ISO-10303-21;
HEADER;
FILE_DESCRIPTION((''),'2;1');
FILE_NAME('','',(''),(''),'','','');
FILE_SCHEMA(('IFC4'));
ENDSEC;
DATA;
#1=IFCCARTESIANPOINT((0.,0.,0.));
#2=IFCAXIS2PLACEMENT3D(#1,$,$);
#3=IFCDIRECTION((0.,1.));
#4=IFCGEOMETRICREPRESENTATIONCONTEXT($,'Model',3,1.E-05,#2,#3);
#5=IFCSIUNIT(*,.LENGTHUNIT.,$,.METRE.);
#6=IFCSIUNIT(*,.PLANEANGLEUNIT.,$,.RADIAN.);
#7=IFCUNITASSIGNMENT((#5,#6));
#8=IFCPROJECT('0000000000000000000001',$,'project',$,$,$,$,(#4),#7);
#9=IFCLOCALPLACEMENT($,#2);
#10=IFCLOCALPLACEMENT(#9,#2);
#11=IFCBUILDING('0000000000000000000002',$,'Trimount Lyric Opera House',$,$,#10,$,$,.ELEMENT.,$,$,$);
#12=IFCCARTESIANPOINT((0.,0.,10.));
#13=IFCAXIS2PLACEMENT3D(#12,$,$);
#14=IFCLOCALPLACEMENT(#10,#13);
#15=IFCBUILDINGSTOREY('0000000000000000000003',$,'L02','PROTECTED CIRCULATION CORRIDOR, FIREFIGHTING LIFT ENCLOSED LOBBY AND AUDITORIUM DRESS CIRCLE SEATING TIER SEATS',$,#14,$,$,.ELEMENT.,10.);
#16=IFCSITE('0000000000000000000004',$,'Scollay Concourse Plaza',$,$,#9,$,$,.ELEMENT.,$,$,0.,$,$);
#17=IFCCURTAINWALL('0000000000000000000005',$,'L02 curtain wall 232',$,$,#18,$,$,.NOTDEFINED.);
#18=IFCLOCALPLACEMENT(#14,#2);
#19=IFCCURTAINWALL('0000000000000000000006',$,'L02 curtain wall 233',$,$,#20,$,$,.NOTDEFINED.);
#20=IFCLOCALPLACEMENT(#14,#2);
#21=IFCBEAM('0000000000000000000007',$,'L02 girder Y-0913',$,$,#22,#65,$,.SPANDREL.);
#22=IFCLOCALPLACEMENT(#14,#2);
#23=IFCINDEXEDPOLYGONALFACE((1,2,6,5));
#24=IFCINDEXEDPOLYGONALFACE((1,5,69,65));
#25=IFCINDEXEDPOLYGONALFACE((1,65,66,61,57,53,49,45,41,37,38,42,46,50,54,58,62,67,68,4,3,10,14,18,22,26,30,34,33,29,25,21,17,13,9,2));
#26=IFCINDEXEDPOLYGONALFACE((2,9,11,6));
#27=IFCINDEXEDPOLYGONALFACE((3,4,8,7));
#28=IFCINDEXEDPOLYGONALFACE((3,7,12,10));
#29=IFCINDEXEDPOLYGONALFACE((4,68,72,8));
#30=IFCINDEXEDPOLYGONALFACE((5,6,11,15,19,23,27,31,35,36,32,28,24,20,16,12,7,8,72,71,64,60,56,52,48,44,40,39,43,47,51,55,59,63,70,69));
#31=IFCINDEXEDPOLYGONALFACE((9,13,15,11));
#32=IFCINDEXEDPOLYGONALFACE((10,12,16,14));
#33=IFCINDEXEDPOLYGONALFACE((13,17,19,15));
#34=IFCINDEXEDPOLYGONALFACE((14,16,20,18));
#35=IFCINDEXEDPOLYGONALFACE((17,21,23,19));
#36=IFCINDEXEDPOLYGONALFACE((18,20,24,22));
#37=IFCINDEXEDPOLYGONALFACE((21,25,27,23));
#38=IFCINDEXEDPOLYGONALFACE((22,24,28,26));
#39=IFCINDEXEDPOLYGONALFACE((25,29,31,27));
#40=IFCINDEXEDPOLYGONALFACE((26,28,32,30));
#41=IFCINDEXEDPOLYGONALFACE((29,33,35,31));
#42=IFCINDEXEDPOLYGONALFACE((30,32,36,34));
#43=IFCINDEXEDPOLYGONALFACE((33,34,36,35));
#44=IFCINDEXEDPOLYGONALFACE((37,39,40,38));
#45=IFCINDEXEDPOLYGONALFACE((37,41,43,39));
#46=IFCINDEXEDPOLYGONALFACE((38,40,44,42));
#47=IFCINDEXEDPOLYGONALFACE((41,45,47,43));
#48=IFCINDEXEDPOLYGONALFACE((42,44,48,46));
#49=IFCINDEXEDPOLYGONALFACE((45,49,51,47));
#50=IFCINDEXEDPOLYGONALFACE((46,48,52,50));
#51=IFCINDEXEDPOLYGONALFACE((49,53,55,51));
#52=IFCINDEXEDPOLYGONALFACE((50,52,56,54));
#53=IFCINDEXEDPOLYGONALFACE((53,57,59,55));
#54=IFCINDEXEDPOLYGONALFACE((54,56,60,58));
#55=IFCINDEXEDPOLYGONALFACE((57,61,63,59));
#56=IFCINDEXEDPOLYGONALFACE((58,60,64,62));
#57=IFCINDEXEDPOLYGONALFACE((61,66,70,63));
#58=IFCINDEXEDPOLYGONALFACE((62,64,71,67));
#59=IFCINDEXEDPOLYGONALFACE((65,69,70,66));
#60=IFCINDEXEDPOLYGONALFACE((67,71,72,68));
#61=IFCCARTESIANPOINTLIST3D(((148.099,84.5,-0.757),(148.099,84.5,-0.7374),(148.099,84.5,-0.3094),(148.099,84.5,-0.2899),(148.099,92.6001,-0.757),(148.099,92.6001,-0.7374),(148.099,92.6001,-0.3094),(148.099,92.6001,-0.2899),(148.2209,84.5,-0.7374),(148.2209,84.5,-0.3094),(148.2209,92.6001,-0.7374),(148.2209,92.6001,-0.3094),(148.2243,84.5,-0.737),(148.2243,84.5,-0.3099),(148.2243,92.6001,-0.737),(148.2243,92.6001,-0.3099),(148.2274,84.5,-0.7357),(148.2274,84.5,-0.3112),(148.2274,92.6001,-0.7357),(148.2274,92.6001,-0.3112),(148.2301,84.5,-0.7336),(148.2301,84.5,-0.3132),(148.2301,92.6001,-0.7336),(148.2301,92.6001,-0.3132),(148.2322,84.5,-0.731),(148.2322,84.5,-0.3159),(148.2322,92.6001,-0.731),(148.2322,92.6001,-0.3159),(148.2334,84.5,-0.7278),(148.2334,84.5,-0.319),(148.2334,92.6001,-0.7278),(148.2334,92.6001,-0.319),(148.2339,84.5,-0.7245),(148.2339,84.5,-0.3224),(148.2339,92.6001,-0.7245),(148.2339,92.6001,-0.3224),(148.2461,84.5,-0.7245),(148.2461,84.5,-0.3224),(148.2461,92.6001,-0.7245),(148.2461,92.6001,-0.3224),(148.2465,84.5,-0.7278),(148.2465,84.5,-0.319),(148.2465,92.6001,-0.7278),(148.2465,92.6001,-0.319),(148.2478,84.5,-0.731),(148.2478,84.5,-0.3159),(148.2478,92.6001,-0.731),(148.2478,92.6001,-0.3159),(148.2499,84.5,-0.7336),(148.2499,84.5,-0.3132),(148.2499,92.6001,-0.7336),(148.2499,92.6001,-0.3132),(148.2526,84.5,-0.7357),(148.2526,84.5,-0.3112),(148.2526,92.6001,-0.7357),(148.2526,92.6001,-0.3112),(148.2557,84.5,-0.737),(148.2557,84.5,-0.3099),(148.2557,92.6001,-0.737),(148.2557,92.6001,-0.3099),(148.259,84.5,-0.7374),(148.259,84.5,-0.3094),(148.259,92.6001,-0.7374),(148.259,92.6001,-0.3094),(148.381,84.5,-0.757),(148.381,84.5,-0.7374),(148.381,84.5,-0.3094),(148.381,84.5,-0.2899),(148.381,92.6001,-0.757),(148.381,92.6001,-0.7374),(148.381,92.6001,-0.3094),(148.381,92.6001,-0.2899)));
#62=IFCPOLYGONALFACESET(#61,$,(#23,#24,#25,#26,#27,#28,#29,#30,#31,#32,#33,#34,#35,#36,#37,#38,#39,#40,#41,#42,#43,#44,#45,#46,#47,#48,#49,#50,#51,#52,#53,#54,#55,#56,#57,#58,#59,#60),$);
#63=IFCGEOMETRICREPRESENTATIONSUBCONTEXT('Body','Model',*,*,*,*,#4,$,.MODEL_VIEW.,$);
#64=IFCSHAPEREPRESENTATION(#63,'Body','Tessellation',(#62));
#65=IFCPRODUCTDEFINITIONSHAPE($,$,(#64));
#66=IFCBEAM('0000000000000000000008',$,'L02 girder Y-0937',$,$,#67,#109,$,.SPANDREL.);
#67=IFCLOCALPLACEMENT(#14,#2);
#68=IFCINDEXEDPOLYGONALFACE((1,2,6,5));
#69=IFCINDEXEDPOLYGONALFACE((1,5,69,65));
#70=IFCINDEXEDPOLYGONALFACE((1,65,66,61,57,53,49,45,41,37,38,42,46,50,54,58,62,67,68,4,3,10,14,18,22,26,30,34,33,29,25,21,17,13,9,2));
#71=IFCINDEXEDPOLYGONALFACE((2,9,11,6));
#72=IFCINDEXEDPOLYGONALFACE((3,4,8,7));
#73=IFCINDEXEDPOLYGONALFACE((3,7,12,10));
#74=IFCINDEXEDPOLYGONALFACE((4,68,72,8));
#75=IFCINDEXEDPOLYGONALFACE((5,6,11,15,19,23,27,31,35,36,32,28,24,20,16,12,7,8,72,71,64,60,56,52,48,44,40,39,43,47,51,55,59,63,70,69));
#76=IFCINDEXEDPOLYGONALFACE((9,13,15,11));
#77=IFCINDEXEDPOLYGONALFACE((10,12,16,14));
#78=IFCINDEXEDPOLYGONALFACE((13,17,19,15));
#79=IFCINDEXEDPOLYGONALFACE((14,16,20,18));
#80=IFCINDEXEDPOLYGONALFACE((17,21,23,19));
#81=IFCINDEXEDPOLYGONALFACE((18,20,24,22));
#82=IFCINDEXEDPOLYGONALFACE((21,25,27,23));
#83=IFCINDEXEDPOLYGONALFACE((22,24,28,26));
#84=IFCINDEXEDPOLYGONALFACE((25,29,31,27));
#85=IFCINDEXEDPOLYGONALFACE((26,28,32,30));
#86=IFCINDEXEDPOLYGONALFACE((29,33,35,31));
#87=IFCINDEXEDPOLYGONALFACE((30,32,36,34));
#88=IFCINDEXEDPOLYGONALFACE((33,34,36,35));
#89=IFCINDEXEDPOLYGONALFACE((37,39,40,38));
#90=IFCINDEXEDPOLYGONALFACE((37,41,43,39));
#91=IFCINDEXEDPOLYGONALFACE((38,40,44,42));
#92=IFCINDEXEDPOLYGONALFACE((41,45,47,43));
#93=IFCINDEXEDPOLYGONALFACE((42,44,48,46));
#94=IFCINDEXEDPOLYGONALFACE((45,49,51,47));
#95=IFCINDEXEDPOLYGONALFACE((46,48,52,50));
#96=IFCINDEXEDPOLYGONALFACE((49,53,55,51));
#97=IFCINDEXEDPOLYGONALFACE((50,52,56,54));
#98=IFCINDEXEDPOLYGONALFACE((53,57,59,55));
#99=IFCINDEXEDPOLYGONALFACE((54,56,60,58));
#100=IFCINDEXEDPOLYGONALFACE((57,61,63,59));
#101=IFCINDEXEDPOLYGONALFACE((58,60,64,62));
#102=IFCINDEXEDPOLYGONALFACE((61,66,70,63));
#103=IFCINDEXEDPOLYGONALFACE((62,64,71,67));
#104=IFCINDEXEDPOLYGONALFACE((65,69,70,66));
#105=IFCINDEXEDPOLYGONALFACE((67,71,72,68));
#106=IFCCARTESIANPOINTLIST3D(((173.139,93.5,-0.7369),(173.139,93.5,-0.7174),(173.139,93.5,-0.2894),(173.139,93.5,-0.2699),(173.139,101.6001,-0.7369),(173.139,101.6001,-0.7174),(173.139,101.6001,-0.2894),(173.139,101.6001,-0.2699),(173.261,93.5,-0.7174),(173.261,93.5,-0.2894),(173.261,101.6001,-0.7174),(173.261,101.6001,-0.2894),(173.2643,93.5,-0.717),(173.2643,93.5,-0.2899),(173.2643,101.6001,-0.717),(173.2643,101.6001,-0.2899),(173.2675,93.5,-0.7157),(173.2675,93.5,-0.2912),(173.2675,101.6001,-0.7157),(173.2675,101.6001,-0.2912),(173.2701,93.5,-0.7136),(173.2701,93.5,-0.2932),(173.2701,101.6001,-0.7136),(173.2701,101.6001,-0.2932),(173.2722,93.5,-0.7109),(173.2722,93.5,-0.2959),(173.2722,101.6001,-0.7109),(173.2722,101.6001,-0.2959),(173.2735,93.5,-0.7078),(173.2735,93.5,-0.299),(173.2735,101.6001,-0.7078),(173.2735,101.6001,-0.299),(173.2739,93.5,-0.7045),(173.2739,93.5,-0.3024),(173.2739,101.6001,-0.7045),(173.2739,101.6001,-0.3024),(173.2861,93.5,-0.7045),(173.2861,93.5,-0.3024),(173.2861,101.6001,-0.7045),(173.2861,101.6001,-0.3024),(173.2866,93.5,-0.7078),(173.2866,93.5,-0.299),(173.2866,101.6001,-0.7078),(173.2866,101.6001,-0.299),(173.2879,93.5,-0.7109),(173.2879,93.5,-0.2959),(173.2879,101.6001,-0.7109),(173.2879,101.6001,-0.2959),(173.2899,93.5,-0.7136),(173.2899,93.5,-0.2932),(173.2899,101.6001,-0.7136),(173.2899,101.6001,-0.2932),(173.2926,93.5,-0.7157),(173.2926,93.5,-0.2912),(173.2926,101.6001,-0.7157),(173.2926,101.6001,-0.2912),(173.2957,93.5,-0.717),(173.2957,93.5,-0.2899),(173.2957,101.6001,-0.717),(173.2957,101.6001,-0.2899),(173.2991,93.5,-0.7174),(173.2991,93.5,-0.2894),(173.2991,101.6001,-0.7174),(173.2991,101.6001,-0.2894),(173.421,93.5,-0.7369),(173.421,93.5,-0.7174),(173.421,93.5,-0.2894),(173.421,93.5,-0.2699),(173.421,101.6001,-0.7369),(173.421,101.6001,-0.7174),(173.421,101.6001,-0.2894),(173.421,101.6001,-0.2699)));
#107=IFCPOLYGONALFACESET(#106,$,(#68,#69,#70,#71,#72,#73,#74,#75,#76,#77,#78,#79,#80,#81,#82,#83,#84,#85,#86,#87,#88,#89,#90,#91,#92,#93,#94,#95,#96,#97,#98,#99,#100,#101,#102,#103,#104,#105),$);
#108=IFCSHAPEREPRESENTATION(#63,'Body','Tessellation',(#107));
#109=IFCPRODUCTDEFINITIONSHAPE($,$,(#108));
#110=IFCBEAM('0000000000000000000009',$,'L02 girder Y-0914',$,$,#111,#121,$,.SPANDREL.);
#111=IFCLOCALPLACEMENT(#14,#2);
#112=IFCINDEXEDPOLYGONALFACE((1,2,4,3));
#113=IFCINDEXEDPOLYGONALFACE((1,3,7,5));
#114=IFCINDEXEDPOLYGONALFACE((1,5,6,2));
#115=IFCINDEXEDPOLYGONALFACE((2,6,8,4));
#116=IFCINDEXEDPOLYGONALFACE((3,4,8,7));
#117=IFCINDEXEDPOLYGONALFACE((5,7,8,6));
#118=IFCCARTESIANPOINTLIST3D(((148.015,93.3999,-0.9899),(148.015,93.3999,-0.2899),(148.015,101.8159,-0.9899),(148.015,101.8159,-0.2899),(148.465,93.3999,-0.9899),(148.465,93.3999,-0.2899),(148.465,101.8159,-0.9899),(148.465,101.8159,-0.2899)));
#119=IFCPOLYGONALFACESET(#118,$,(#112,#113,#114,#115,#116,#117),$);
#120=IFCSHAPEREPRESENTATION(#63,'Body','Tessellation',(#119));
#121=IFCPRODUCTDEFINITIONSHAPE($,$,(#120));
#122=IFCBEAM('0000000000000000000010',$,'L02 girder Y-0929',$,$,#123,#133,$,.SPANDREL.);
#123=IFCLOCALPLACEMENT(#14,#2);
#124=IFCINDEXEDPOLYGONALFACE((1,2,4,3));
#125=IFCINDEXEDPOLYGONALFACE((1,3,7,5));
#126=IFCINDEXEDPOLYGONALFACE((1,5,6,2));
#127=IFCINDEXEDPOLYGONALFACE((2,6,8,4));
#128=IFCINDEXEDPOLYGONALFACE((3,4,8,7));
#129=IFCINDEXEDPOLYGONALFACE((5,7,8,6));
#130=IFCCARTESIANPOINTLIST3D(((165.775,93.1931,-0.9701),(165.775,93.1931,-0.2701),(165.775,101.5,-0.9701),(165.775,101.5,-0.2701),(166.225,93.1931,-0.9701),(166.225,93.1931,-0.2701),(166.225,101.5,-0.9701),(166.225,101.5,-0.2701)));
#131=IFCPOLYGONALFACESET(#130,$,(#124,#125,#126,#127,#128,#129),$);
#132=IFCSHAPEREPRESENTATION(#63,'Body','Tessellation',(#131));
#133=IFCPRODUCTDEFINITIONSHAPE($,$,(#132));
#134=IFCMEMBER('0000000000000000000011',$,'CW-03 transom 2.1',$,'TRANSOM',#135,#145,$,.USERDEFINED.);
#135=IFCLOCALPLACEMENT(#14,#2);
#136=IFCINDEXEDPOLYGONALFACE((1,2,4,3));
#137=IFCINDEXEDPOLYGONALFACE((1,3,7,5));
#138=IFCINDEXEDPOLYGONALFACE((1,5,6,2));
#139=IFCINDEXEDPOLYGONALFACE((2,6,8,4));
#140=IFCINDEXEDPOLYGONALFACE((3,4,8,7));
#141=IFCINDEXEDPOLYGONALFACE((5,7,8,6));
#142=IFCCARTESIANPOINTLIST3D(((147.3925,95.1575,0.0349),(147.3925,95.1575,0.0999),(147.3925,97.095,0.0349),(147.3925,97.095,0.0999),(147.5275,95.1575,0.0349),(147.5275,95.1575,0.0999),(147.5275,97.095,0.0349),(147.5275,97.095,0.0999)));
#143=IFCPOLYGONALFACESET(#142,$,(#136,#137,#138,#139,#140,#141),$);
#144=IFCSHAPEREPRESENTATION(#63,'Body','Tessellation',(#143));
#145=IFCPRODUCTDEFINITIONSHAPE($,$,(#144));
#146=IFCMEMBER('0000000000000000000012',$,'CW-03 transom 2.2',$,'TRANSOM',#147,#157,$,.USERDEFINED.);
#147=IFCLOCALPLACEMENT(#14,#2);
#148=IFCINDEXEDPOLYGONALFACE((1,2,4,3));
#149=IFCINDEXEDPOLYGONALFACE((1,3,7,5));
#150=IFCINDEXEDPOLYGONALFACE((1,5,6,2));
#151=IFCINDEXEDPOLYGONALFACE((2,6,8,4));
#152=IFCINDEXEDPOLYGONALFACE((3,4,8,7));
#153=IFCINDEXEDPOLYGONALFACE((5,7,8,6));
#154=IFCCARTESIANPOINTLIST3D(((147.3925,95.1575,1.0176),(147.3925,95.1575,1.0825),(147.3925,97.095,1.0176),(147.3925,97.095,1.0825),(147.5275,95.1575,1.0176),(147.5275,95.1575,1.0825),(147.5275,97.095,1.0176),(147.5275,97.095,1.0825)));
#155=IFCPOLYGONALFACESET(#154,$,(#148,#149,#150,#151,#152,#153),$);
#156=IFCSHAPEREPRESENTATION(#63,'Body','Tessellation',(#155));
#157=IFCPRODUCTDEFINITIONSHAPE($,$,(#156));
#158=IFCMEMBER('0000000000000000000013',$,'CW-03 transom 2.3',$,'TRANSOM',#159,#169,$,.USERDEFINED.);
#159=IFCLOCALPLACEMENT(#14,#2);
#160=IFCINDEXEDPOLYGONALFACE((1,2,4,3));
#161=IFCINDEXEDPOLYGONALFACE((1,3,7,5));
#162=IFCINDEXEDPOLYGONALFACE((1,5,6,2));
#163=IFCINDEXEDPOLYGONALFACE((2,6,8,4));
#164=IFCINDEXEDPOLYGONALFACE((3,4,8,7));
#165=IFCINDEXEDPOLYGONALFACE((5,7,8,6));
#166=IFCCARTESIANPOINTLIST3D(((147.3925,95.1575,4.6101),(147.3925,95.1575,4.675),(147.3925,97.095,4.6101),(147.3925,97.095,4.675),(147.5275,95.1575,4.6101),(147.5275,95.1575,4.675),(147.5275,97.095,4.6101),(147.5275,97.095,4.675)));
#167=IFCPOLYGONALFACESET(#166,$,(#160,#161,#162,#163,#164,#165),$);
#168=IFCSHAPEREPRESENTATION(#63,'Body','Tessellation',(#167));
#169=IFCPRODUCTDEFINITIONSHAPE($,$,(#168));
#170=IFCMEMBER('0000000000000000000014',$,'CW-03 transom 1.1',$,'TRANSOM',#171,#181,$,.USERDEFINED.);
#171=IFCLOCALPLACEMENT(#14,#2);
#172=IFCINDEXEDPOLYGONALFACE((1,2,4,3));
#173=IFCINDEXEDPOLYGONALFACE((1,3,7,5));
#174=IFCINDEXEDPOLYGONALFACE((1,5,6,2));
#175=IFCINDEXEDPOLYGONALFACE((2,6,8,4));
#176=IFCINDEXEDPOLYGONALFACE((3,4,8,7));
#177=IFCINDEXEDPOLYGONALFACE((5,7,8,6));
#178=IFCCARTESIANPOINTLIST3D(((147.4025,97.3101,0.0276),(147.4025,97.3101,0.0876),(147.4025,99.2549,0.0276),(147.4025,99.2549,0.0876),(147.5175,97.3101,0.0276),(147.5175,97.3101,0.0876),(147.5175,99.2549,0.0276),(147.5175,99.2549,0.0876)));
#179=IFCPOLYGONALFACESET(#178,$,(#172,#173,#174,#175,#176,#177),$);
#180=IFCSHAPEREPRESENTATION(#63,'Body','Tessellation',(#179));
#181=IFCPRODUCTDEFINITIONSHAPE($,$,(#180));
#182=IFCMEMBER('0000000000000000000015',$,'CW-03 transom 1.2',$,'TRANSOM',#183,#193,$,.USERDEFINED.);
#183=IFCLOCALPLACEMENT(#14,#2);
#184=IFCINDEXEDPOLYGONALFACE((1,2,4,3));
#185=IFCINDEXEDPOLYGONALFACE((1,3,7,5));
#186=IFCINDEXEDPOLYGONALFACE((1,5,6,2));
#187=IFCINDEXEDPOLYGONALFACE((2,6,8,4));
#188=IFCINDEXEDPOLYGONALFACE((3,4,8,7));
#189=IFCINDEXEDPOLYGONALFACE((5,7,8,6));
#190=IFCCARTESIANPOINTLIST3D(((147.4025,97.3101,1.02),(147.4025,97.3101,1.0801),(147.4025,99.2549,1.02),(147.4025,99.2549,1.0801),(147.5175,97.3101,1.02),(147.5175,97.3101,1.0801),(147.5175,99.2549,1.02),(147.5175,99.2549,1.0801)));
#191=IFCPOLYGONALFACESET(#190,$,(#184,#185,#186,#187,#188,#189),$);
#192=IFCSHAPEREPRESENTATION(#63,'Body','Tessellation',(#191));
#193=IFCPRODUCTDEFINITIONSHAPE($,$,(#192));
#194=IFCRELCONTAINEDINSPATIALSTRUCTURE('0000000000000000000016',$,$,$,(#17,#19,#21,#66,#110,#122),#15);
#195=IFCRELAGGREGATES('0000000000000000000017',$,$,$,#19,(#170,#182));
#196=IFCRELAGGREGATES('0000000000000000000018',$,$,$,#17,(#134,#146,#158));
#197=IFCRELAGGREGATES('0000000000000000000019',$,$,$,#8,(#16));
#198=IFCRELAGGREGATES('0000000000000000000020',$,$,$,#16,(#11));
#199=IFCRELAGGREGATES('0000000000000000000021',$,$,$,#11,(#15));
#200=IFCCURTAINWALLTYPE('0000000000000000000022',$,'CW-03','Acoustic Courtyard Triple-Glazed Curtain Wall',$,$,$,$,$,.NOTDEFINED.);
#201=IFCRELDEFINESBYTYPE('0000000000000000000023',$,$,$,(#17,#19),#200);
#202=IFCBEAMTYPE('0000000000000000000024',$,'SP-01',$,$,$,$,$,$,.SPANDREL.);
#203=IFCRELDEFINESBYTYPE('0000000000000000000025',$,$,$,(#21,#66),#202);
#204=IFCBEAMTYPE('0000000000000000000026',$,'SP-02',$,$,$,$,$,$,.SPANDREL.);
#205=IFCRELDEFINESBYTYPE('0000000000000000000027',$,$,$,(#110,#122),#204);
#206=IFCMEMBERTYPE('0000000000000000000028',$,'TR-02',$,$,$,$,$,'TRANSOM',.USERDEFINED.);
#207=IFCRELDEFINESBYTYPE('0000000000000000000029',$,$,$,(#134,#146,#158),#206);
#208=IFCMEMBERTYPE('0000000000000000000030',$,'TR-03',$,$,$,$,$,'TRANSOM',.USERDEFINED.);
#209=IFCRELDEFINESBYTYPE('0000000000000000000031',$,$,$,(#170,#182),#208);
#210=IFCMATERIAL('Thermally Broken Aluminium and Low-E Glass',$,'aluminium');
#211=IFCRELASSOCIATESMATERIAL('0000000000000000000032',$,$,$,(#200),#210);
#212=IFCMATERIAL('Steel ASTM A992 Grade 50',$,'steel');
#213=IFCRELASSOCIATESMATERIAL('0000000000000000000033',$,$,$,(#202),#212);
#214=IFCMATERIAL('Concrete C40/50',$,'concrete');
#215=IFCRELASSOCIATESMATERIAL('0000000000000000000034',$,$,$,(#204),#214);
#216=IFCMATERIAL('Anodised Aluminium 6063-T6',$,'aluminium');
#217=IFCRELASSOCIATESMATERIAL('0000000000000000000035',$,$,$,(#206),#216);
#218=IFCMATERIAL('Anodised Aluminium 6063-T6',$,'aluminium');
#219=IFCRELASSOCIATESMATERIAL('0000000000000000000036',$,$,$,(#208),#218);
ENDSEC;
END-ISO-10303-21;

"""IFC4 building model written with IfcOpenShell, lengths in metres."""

from ifc_helpers import new_model, si_unit, direction, frame, origin, origin_2d, place, context, subcontext, project, spatial, rectangle, i_section, extrude, material, material_profile, profile_set, type_object, element, aggregate, save


model = new_model("IFC4")

# Units and contexts
model_context = context("Model", 3, precision=1e-05, world=origin(), true_north=direction((0.0, 1.0)))
body_context = subcontext(model_context, "Body", "Model", "MODEL_VIEW")
ifc_project = project(units=[si_unit("LENGTHUNIT", "METRE"), si_unit("PLANEANGLEUNIT", "RADIAN")], contexts=[model_context])

# Site, building, storey
site_placement = place(None, origin())
site = spatial("IfcSite", under=ifc_project, at=site_placement, Name="Scollay Concourse Plaza", CompositionType="ELEMENT", RefElevation=0.0)
building_placement = place(site_placement, origin())
building = spatial("IfcBuilding", under=site, at=building_placement, Name="Trimount Lyric Opera House", CompositionType="ELEMENT")
storey_placement = place(building_placement, frame((0.0, 0.0, 10.0)))
storey = spatial("IfcBuildingStorey", under=building, at=storey_placement, Name="L02", Description="PROTECTED CIRCULATION CORRIDOR, FIREFIGHTING LIFT ENCLOSED LOBBY AND AUDITORIUM DRESS CIRCLE SEATING TIER SEATS", CompositionType="ELEMENT", Elevation=10.0)

# Curtain wall
ifc_material_1 = material(Name="Thermally Broken Aluminium and Low-E Glass", Category="aluminium")
curtain_wall_type = type_object("IfcCurtainWallType", Name="CW-03", Description="Acoustic Courtyard Triple-Glazed Curtain Wall", PredefinedType="NOTDEFINED", material=ifc_material_1)
curtain_wall_1_placement = place(storey_placement, origin())
curtain_wall_1 = element("IfcCurtainWall", 1, at=curtain_wall_1_placement, inside=storey, type_object=curtain_wall_type, Name="L02 curtain wall 232", PredefinedType="NOTDEFINED")

# Curtain wall
curtain_wall_2_placement = place(storey_placement, origin())
curtain_wall_2 = element("IfcCurtainWall", 2, at=curtain_wall_2_placement, inside=storey, type_object=curtain_wall_type, Name="L02 curtain wall 233", PredefinedType="NOTDEFINED")

# Beams
ifc_material_2 = material(Name="Steel ASTM A992 Grade 50", Category="steel")
ifc_material_profile_1 = material_profile(ifc_material_2, i_section(OverallWidth=0.282, OverallDepth=0.467, WebThickness=0.0122, FlangeThickness=0.0195, FilletRadius=0.0129, at=origin_2d()), Name="W18X86")
ifc_profile_set_1 = profile_set([ifc_material_profile_1], Name="Steel ASTM A992 Grade 50")
beam_type_1 = type_object("IfcBeamType", Name="SP-01", PredefinedType="SPANDREL", material=ifc_profile_set_1)
for number, where, z_axis, x_axis, name in (
    (3, (148.24, 84.5, -0.5234), (0.0, 1.0, 0.0), (-1.0, 0.0, 0.0), "L02 girder Y-0913"),
    (4, (173.28, 93.5, -0.5034), (0.0, 1.0, 0.0), (-1.0, 0.0, 0.0), "L02 girder Y-0937"),
):
    element("IfcBeam", number, at=place(storey_placement, frame(where, z_axis=z_axis, x_axis=x_axis)), inside=storey, type_object=beam_type_1, Name=name, PredefinedType="SPANDREL", context=body_context, shape_type="SweptSolid", body=[
        extrude(i_section(OverallWidth=0.282, OverallDepth=0.467, WebThickness=0.0122, FlangeThickness=0.0195, FilletRadius=0.0129, at=origin_2d()), origin(), (0.0, 0.0, 1.0), 8.1001),
    ])
ifc_material_3 = material(Name="Concrete C40/50", Category="concrete")
ifc_material_profile_2 = material_profile(ifc_material_3, rectangle(XDim=0.45, YDim=0.7, at=origin_2d()), Name="RC450X700")
ifc_profile_set_2 = profile_set([ifc_material_profile_2], Name="Concrete C40/50")
beam_type_2 = type_object("IfcBeamType", Name="SP-02", PredefinedType="SPANDREL", material=ifc_profile_set_2)
beam_1_placement = place(storey_placement, frame((148.24, 93.3999, -0.6399), z_axis=(0.0, 1.0, 0.0), x_axis=(-1.0, 0.0, 0.0)))
element("IfcBeam", 5, at=beam_1_placement, inside=storey, type_object=beam_type_2, Name="L02 girder Y-0914", PredefinedType="SPANDREL", context=body_context, shape_type="SweptSolid", body=[
    extrude(rectangle(XDim=0.45, YDim=0.7, at=origin_2d()), origin(), (0.0, 0.0, 1.0), 8.416),
])
beam_2_placement = place(storey_placement, frame((166.0, 93.1931, -0.6201), z_axis=(0.0, 1.0, 0.0), x_axis=(-1.0, 0.0, 0.0)))
element("IfcBeam", 6, at=beam_2_placement, inside=storey, type_object=beam_type_2, Name="L02 girder Y-0929", PredefinedType="SPANDREL", context=body_context, shape_type="SweptSolid", body=[
    extrude(rectangle(XDim=0.45, YDim=0.7, at=origin_2d()), origin(), (0.0, 0.0, 1.0), 8.3069),
])

# Members
ifc_material_4 = material(Name="Anodised Aluminium 6063-T6", Category="aluminium")
ifc_material_profile_3 = material_profile(ifc_material_4, rectangle(XDim=0.135, YDim=0.0649, at=origin_2d()), Name="ALU-TRAN-65X135")
ifc_profile_set_3 = profile_set([ifc_material_profile_3], Name="Anodised Aluminium 6063-T6")
member_type_1 = type_object("IfcMemberType", Name="TR-02", ElementType="TRANSOM", PredefinedType="USERDEFINED", material=ifc_profile_set_3)
member_1_placement = place(storey_placement, frame((147.46, 95.1575, 0.0674), z_axis=(0.0, 1.0, 0.0), x_axis=(-1.0, 0.0, 0.0)))
member_1 = element("IfcMember", 7, at=member_1_placement, type_object=member_type_1, Name="CW-03 transom 2.1", ObjectType="TRANSOM", PredefinedType="USERDEFINED", context=body_context, shape_type="SweptSolid", body=[
    extrude(rectangle(XDim=0.135, YDim=0.0649, at=origin_2d()), origin(), (0.0, 0.0, 1.0), 1.9375),
])
member_2_placement = place(storey_placement, frame((147.46, 95.1575, 1.05), z_axis=(0.0, 1.0, 0.0), x_axis=(-1.0, 0.0, 0.0)))
member_2 = element("IfcMember", 8, at=member_2_placement, type_object=member_type_1, Name="CW-03 transom 2.2", ObjectType="TRANSOM", PredefinedType="USERDEFINED", context=body_context, shape_type="SweptSolid", body=[
    extrude(rectangle(XDim=0.135, YDim=0.0649, at=origin_2d()), origin(), (0.0, 0.0, 1.0), 1.9375),
])
member_3_placement = place(storey_placement, frame((147.46, 95.1575, 4.6426), z_axis=(0.0, 1.0, 0.0), x_axis=(-1.0, 0.0, 0.0)))
member_3 = element("IfcMember", 9, at=member_3_placement, type_object=member_type_1, Name="CW-03 transom 2.3", ObjectType="TRANSOM", PredefinedType="USERDEFINED", context=body_context, shape_type="SweptSolid", body=[
    extrude(rectangle(XDim=0.135, YDim=0.0649, at=origin_2d()), origin(), (0.0, 0.0, 1.0), 1.9375),
])
ifc_material_5 = material(Name="Anodised Aluminium 6063-T6", Category="aluminium")
ifc_material_profile_4 = material_profile(ifc_material_5, rectangle(XDim=0.115, YDim=0.0601, at=origin_2d()), Name="ALU-TRAN-60X115")
ifc_profile_set_4 = profile_set([ifc_material_profile_4], Name="Anodised Aluminium 6063-T6")
member_type_2 = type_object("IfcMemberType", Name="TR-03", ElementType="TRANSOM", PredefinedType="USERDEFINED", material=ifc_profile_set_4)
member_4_placement = place(storey_placement, frame((147.46, 97.3101, 0.0576), z_axis=(0.0, 1.0, 0.0), x_axis=(-1.0, 0.0, 0.0)))
member_4 = element("IfcMember", 10, at=member_4_placement, type_object=member_type_2, Name="CW-03 transom 1.1", ObjectType="TRANSOM", PredefinedType="USERDEFINED", context=body_context, shape_type="SweptSolid", body=[
    extrude(rectangle(XDim=0.115, YDim=0.0601, at=origin_2d()), origin(), (0.0, 0.0, 1.0), 1.9448),
])
member_5_placement = place(storey_placement, frame((147.46, 97.3101, 1.05), z_axis=(0.0, 1.0, 0.0), x_axis=(-1.0, 0.0, 0.0)))
member_5 = element("IfcMember", 11, at=member_5_placement, type_object=member_type_2, Name="CW-03 transom 1.2", ObjectType="TRANSOM", PredefinedType="USERDEFINED", context=body_context, shape_type="SweptSolid", body=[
    extrude(rectangle(XDim=0.115, YDim=0.0601, at=origin_2d()), origin(), (0.0, 0.0, 1.0), 1.9448),
])
aggregate(curtain_wall_2, [member_4, member_5])

aggregate(curtain_wall_1, [member_1, member_2, member_3])

save(model, "model.ifc")
